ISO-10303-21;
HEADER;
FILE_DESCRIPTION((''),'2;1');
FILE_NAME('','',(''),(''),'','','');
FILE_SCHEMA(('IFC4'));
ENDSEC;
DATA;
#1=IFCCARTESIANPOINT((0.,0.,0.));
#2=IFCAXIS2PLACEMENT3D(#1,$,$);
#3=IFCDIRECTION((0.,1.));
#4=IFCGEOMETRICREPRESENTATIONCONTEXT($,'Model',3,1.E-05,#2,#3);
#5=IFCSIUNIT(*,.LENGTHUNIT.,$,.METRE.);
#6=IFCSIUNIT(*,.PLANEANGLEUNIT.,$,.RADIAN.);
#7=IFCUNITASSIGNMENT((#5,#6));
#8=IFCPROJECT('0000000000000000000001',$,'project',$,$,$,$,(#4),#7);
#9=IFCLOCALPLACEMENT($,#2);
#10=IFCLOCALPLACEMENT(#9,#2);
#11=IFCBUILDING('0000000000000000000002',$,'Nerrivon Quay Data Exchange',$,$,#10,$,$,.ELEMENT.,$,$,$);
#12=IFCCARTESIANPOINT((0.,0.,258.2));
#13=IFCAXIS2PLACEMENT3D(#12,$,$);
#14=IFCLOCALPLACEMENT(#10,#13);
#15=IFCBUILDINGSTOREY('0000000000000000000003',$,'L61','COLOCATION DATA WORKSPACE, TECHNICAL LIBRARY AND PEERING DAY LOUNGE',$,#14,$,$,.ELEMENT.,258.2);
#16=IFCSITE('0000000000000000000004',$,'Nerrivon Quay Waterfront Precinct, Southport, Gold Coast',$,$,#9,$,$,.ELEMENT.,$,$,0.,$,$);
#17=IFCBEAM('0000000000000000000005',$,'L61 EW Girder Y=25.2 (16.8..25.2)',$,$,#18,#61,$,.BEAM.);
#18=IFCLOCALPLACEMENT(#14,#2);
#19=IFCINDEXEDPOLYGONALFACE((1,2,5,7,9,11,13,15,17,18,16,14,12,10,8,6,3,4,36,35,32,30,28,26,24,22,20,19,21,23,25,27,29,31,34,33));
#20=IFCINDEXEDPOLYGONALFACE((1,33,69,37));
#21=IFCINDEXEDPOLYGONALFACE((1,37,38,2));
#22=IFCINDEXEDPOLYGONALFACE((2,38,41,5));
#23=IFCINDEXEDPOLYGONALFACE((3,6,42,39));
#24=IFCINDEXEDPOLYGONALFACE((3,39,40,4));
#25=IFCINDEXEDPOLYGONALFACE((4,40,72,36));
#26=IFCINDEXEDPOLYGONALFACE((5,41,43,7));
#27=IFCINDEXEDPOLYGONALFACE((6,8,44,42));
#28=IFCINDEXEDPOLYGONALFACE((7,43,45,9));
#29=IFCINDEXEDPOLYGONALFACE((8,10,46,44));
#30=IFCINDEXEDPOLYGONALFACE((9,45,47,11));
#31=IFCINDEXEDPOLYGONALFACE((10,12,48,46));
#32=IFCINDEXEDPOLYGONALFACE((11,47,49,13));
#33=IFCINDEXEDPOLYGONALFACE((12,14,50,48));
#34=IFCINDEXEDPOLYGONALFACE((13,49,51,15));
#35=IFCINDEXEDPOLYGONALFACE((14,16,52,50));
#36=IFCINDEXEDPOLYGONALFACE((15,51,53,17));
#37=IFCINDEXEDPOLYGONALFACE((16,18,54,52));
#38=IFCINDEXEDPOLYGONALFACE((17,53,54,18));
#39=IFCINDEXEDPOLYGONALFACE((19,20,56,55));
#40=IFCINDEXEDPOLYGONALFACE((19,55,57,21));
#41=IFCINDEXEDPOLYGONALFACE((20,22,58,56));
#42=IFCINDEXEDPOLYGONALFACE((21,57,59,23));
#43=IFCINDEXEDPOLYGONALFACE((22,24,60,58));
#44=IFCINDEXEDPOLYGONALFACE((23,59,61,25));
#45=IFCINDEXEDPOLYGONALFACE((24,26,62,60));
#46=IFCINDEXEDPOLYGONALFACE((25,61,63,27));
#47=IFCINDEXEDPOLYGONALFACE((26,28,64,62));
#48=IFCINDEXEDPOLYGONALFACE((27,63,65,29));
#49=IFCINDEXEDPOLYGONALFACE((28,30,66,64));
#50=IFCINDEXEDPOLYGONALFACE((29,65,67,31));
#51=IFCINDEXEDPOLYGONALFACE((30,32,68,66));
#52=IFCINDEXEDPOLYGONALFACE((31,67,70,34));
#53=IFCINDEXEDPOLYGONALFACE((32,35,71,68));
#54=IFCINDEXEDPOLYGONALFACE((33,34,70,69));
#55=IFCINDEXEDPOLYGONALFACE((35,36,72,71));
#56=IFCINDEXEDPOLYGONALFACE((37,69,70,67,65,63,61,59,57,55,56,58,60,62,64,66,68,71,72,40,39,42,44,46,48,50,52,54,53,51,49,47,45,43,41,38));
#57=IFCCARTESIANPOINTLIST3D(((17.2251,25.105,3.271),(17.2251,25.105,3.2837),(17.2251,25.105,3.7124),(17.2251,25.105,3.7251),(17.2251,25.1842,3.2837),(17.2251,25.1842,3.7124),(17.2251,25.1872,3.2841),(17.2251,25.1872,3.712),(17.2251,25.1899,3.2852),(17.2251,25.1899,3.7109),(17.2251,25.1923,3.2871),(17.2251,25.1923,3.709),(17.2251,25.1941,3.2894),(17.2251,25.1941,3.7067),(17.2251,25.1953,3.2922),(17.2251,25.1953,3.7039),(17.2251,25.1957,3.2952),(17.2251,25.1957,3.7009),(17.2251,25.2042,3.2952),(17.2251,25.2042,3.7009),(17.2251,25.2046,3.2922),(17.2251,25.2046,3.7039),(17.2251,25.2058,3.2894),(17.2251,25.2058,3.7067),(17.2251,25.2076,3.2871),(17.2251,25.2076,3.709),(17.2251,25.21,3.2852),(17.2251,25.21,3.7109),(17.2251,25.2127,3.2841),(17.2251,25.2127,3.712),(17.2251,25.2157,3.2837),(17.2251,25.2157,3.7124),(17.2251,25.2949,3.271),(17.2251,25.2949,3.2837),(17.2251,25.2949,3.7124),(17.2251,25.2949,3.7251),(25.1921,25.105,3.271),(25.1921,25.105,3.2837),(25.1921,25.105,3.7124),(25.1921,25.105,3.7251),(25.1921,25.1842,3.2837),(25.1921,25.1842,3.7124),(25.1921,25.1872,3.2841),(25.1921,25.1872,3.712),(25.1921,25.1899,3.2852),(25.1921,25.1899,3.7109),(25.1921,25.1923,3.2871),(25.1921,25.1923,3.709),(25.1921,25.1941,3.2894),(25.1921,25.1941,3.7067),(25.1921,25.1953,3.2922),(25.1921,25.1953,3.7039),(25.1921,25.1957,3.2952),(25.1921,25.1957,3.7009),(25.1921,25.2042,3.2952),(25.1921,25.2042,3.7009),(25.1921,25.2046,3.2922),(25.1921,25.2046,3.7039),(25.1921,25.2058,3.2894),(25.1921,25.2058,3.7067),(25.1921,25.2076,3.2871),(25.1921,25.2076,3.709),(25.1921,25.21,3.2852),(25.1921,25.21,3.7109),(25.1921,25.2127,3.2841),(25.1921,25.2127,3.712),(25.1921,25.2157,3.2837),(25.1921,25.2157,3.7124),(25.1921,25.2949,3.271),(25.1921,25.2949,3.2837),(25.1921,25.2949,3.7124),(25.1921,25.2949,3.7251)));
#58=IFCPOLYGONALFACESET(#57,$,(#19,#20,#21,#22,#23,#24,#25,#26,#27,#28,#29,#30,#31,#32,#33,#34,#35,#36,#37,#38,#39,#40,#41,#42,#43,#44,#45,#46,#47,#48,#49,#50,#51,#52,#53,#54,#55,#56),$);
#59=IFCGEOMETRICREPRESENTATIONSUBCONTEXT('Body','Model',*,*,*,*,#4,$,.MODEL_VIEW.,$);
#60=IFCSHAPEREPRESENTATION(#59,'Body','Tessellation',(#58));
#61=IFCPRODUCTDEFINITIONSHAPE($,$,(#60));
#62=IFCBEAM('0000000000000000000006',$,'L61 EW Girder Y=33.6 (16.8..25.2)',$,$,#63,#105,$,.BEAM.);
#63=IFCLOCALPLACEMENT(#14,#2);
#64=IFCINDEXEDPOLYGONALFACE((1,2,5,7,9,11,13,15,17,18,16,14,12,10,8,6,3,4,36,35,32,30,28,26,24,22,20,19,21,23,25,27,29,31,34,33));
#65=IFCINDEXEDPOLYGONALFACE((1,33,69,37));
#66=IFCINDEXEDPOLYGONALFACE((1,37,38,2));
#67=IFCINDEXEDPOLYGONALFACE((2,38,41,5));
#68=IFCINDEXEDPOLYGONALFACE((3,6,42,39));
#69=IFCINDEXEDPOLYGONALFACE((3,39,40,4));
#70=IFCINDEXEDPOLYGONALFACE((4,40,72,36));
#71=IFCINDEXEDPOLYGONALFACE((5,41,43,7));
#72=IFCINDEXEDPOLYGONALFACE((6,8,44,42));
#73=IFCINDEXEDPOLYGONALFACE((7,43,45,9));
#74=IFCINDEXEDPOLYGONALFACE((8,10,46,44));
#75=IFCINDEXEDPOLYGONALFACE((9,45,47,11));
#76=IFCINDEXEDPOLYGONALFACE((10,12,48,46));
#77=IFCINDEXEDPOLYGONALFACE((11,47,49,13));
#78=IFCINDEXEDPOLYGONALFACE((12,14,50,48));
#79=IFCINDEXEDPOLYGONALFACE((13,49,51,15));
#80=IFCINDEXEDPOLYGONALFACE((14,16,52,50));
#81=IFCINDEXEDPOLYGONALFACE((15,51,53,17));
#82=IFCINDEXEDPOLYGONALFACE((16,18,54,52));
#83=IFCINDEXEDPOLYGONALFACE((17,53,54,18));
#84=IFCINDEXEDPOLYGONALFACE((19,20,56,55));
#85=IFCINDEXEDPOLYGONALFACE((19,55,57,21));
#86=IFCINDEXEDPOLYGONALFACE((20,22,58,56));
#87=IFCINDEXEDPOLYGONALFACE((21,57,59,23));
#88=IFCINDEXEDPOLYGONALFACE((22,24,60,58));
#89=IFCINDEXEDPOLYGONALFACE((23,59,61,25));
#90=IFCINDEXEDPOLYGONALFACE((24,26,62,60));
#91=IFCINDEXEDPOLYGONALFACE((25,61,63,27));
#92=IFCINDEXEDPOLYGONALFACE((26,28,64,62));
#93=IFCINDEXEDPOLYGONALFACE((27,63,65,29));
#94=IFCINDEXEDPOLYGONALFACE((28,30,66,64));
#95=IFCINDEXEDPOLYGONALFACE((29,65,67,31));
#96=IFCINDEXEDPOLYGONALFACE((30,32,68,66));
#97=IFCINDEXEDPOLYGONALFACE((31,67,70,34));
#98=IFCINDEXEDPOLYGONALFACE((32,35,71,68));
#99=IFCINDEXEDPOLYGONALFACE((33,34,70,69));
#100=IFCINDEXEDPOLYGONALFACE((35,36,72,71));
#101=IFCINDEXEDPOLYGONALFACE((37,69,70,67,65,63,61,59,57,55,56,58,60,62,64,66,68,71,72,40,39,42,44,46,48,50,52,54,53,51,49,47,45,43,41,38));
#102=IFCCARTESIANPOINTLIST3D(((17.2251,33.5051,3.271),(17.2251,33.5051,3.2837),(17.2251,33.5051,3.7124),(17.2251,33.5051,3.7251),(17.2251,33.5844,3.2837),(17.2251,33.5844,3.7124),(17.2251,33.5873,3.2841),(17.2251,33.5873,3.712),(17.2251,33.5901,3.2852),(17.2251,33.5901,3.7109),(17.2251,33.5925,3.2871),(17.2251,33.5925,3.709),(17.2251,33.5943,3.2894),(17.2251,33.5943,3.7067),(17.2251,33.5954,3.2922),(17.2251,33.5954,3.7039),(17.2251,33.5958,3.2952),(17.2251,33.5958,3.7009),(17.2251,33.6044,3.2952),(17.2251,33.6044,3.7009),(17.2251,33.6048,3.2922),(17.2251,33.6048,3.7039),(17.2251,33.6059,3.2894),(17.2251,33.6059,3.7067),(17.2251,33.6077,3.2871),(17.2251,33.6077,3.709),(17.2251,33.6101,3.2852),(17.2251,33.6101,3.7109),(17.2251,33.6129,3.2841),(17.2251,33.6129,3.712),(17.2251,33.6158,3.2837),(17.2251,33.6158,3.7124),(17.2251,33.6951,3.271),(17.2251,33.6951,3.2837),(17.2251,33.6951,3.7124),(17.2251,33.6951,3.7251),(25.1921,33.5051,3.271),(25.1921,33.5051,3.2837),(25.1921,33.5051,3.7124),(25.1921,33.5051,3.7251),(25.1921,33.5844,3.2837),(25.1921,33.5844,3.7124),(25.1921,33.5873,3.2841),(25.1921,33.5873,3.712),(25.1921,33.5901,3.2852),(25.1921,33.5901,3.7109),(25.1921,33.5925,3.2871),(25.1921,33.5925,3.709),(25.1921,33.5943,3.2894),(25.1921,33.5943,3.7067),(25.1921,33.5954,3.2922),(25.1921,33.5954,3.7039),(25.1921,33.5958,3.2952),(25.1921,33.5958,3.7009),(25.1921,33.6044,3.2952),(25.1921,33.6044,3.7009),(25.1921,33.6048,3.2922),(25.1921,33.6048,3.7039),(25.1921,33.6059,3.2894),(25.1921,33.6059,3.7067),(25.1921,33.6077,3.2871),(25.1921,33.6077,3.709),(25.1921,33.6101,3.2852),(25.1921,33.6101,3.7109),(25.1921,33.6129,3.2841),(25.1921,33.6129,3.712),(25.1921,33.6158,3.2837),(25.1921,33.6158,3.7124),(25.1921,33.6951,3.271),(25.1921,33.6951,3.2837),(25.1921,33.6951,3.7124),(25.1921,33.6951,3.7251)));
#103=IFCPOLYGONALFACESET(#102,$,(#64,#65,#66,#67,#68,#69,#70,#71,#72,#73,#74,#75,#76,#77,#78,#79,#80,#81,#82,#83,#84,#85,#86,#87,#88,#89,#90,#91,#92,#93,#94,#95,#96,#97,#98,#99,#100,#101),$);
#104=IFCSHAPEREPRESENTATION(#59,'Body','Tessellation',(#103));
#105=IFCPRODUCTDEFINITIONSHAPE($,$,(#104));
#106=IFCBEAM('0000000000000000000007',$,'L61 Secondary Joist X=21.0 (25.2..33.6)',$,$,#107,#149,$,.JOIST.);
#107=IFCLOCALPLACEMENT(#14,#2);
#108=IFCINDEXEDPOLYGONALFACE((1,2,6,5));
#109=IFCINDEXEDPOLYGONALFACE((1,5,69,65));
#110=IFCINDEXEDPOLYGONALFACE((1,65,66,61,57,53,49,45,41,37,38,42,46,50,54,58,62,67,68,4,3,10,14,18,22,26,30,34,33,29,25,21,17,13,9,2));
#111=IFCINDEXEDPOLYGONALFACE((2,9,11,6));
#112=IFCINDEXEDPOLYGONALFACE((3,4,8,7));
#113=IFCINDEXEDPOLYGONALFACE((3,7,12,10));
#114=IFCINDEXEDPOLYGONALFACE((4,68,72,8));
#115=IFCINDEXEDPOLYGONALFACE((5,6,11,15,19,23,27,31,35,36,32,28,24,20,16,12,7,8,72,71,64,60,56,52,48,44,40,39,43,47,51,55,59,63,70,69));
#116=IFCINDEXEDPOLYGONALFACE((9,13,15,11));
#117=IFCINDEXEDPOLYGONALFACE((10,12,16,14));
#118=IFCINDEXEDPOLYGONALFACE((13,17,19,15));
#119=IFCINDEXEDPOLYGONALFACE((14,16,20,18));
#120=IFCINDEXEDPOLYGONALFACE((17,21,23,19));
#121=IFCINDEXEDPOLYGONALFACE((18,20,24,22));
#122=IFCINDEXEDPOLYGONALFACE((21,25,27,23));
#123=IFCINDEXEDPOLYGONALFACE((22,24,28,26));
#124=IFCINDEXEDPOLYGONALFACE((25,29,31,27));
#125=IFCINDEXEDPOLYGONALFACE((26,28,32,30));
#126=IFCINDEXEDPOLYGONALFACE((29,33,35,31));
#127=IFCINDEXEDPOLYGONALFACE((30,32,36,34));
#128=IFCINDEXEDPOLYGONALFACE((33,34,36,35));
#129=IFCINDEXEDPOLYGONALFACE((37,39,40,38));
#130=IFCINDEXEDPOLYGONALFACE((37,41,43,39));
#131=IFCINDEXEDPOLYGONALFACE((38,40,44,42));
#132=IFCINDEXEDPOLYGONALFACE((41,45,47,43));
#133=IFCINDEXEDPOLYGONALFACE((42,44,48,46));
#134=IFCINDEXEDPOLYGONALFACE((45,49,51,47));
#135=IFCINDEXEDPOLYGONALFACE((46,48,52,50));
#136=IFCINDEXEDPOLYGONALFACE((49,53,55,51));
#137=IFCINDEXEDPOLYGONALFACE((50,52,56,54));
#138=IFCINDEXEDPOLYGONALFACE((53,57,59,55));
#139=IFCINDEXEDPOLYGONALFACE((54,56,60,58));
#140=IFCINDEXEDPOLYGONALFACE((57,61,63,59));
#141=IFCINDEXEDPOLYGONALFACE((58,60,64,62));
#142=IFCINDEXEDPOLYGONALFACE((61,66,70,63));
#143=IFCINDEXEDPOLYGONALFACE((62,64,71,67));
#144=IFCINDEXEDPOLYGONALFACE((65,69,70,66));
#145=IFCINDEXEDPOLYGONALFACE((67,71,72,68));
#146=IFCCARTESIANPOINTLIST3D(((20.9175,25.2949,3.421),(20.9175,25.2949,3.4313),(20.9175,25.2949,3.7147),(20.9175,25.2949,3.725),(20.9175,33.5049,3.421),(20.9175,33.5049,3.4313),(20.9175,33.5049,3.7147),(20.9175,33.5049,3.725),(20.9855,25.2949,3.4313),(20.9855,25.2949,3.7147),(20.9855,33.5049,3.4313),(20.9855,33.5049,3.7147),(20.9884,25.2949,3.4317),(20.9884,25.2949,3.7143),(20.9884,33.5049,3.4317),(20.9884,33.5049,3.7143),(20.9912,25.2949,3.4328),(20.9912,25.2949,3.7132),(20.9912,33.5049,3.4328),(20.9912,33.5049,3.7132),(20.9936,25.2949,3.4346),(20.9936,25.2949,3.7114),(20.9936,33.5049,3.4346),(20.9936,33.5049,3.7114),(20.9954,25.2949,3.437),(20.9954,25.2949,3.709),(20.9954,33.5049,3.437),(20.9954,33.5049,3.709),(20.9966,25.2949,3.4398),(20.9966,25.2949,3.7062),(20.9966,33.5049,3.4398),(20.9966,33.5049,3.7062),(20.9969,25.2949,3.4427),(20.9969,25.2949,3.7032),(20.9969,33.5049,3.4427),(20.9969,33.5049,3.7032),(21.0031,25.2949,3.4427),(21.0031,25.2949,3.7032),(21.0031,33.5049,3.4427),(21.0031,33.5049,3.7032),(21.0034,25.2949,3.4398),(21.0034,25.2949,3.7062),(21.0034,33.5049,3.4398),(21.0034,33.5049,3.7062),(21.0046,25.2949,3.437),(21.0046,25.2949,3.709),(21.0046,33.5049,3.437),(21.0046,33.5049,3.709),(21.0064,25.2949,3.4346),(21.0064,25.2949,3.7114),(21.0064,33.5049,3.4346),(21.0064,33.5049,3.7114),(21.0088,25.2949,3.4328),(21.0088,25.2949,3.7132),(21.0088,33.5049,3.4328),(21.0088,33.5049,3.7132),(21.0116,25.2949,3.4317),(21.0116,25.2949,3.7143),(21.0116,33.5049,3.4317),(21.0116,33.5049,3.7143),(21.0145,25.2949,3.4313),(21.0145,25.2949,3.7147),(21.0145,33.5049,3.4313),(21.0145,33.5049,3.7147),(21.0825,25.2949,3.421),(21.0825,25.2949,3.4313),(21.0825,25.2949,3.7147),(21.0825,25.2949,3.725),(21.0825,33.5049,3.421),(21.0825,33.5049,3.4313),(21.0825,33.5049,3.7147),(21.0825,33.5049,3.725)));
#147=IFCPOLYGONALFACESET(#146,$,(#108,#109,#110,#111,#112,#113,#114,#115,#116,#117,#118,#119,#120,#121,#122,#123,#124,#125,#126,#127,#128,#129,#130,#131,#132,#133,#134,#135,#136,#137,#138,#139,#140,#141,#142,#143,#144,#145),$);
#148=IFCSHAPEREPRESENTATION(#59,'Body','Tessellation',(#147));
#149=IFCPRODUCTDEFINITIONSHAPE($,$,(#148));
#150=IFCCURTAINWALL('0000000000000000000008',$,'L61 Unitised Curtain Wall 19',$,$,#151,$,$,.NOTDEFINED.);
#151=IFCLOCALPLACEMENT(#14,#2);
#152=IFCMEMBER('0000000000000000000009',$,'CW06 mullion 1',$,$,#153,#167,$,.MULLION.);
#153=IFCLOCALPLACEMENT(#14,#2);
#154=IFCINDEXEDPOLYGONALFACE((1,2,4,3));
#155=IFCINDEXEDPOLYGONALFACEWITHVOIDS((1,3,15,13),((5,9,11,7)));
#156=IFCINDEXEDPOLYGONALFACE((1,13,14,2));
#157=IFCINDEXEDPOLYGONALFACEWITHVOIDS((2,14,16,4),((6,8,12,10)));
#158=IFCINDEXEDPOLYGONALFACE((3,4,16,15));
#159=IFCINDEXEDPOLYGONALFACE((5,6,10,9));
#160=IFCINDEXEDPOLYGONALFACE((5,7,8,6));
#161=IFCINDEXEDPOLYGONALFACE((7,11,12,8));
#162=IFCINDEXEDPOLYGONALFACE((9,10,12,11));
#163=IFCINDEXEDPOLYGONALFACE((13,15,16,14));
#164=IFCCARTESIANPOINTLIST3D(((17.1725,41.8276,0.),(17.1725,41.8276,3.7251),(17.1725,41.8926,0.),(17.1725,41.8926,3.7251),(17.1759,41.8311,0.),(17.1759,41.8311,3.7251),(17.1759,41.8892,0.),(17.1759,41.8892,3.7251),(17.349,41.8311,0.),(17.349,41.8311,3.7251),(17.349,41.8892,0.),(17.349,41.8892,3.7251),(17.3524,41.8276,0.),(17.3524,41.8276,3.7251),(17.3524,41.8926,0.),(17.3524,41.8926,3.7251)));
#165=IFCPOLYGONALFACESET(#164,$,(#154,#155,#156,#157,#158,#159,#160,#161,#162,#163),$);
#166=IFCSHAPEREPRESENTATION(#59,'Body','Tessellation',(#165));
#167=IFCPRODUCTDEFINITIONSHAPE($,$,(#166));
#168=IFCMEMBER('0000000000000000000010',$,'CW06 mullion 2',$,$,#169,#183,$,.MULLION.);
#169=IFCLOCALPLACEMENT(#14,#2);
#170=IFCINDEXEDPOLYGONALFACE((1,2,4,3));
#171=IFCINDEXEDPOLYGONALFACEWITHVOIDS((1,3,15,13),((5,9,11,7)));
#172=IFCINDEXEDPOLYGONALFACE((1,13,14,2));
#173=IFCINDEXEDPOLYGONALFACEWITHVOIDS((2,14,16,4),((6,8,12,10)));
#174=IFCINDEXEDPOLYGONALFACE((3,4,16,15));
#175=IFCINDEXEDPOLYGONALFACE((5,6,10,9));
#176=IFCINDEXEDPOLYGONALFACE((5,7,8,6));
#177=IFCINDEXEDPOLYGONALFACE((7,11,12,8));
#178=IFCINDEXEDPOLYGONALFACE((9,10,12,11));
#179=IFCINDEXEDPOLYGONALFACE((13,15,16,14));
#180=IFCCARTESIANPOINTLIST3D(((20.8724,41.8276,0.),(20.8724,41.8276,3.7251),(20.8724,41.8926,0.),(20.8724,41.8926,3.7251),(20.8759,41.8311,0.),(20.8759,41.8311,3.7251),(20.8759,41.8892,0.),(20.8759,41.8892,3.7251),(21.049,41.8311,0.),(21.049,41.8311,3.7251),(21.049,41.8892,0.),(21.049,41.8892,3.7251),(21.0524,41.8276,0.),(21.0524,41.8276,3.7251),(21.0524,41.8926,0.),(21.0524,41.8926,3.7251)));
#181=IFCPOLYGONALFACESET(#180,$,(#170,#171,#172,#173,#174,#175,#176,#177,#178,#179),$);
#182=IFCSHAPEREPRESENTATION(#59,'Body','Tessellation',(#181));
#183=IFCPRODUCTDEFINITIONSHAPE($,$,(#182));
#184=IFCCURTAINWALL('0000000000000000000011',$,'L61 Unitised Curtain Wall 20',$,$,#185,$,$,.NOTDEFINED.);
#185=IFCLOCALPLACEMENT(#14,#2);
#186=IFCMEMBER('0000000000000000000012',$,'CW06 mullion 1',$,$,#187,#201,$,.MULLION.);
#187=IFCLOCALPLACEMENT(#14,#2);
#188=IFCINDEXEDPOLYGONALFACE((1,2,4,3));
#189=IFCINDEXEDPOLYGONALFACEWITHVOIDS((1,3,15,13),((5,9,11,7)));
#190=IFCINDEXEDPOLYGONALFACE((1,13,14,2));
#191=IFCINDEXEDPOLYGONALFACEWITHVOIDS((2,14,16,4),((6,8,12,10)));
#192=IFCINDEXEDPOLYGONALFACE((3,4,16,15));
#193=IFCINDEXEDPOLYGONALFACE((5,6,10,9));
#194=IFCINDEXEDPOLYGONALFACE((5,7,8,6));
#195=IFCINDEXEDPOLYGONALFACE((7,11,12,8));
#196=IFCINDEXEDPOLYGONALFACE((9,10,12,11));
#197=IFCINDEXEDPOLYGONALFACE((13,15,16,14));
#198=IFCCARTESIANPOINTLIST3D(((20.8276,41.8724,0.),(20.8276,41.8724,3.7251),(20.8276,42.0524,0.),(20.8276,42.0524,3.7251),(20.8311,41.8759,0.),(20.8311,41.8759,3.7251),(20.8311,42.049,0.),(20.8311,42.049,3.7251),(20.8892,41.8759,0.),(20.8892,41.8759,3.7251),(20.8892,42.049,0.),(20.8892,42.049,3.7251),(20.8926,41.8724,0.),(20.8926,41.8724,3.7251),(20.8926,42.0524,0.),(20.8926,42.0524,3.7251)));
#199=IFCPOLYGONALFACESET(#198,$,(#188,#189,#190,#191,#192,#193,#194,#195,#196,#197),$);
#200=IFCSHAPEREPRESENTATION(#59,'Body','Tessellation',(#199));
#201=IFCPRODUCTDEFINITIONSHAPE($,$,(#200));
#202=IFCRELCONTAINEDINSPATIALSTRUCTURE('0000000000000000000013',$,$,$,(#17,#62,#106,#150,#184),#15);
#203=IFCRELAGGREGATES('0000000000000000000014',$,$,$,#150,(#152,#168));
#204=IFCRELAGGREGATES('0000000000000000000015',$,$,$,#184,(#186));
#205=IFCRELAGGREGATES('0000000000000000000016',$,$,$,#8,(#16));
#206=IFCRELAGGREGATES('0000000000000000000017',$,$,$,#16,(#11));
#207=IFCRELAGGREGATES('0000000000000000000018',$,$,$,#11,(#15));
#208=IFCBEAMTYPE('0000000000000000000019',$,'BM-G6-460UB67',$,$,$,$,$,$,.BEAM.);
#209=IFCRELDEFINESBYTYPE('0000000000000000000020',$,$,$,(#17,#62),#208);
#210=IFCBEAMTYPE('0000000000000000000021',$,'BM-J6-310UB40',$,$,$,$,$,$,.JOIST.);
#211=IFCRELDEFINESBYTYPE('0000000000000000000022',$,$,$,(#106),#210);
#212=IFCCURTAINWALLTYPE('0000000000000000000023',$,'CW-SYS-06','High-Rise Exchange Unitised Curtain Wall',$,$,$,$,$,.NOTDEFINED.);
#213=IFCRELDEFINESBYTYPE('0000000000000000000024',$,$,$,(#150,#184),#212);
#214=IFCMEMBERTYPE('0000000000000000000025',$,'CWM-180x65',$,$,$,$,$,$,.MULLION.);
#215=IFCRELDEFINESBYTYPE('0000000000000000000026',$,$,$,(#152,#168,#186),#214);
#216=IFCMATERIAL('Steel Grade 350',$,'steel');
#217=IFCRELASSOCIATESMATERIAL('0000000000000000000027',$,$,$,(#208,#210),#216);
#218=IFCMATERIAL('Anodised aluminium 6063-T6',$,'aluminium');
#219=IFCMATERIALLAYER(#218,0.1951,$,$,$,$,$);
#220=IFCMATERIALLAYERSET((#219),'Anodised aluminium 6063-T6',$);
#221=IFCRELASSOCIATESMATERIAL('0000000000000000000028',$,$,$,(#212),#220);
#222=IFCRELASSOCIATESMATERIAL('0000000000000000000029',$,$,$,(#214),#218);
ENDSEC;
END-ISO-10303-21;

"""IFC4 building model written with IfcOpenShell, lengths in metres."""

from ifc_helpers import new_model, si_unit, direction, frame, origin, origin_2d, place, context, subcontext, project, spatial, hollow_rectangle, i_section, extrude, material, layer, layer_set, material_profile, profile_set, type_object, element, aggregate, save


model = new_model("IFC4")

# Units and contexts
model_context = context("Model", 3, precision=1e-05, world=origin(), true_north=direction((0.0, 1.0)))
body_context = subcontext(model_context, "Body", "Model", "MODEL_VIEW")
ifc_project = project(units=[si_unit("LENGTHUNIT", "METRE"), si_unit("PLANEANGLEUNIT", "RADIAN")], contexts=[model_context])

# Site, building, storey
site_placement = place(None, origin())
site = spatial("IfcSite", under=ifc_project, at=site_placement, Name="Nerrivon Quay Waterfront Precinct, Southport, Gold Coast", CompositionType="ELEMENT", RefElevation=0.0)
building_placement = place(site_placement, origin())
building = spatial("IfcBuilding", under=site, at=building_placement, Name="Nerrivon Quay Data Exchange", CompositionType="ELEMENT")
storey_placement = place(building_placement, frame((0.0, 0.0, 258.2)))
storey = spatial("IfcBuildingStorey", under=building, at=storey_placement, Name="L61", Description="COLOCATION DATA WORKSPACE, TECHNICAL LIBRARY AND PEERING DAY LOUNGE", CompositionType="ELEMENT", Elevation=258.2)

# Beams
ifc_material_1 = material(Name="Steel Grade 350", Category="steel")
ifc_material_profile_1 = material_profile(ifc_material_1, i_section(OverallWidth=0.1899, OverallDepth=0.4541, WebThickness=0.0085, FlangeThickness=0.0127, FilletRadius=0.0115, at=origin_2d()), Name="460UB67.1")
ifc_profile_set_1 = profile_set([ifc_material_profile_1], Name="Steel Grade 350")
beam_type_1 = type_object("IfcBeamType", Name="BM-G6-460UB67", PredefinedType="BEAM", material=ifc_profile_set_1)
for number, where, z_axis, x_axis, name in (
    (1, (17.2251, 25.2, 3.498), (1.0, 0.0, 0.0), (0.0, 1.0, 0.0), "L61 EW Girder Y=25.2 (16.8..25.2)"),
    (2, (17.2251, 33.6001, 3.498), (1.0, 0.0, 0.0), (0.0, 1.0, 0.0), "L61 EW Girder Y=33.6 (16.8..25.2)"),
):
    element("IfcBeam", number, at=place(storey_placement, frame(where, z_axis=z_axis, x_axis=x_axis)), inside=storey, type_object=beam_type_1, Name=name, PredefinedType="BEAM", context=body_context, shape_type="SweptSolid", body=[
        extrude(i_section(OverallWidth=0.1899, OverallDepth=0.4541, WebThickness=0.0085, FlangeThickness=0.0127, FilletRadius=0.0115, at=origin_2d()), origin(), (0.0, 0.0, 1.0), 7.967),
    ])
ifc_material_profile_2 = material_profile(ifc_material_1, i_section(OverallWidth=0.165, OverallDepth=0.304, WebThickness=0.0061, FlangeThickness=0.0103, FilletRadius=0.0115, at=origin_2d()), Name="310UB40.4")
ifc_profile_set_2 = profile_set([ifc_material_profile_2], Name="Steel Grade 350")
beam_type_2 = type_object("IfcBeamType", Name="BM-J6-310UB40", PredefinedType="JOIST", material=ifc_profile_set_2)
beam_placement = place(storey_placement, frame((21.0, 25.2949, 3.573), z_axis=(0.0, 1.0, 0.0), x_axis=(-1.0, 0.0, 0.0)))
element("IfcBeam", 3, at=beam_placement, inside=storey, type_object=beam_type_2, Name="L61 Secondary Joist X=21.0 (25.2..33.6)", PredefinedType="JOIST", context=body_context, shape_type="SweptSolid", body=[
    extrude(i_section(OverallWidth=0.165, OverallDepth=0.304, WebThickness=0.0061, FlangeThickness=0.0103, FilletRadius=0.0115, at=origin_2d()), origin(), (0.0, 0.0, 1.0), 8.21),
])

# Curtain walls, members
ifc_material_2 = material(Name="Anodised aluminium 6063-T6", Category="aluminium")
ifc_layer_1 = layer(ifc_material_2, 0.1951)
ifc_layer_set_1 = layer_set([ifc_layer_1], Name="Anodised aluminium 6063-T6")
curtain_wall_type = type_object("IfcCurtainWallType", Name="CW-SYS-06", Description="High-Rise Exchange Unitised Curtain Wall", PredefinedType="NOTDEFINED", material=ifc_layer_set_1)
curtain_wall_1_placement = place(storey_placement, origin())
curtain_wall_1 = element("IfcCurtainWall", 4, at=curtain_wall_1_placement, inside=storey, type_object=curtain_wall_type, Name="L61 Unitised Curtain Wall 19", PredefinedType="NOTDEFINED")
ifc_material_profile_3 = material_profile(ifc_material_2, hollow_rectangle(XDim=0.0649, YDim=0.1799, WallThickness=0.0034, at=origin_2d()), Name="ALU-MULL-180x65")
ifc_profile_set_3 = profile_set([ifc_material_profile_3], Name="Anodised aluminium 6063-T6")
member_type_1 = type_object("IfcMemberType", Name="CWM-180x65", PredefinedType="MULLION", material=ifc_profile_set_3)
member_1_placement = place(storey_placement, frame((17.2625, 41.8601, 0.0), z_axis=(0.0, 0.0, 1.0), x_axis=(0.0, 1.0, 0.0)))
member_1 = element("IfcMember", 5, at=member_1_placement, type_object=member_type_1, Name="CW06 mullion 1", PredefinedType="MULLION", context=body_context, shape_type="SweptSolid", body=[
    extrude(hollow_rectangle(XDim=0.0649, YDim=0.1799, WallThickness=0.0034, at=origin_2d()), origin(), (0.0, 0.0, 1.0), 3.7251),
])
member_2_placement = place(storey_placement, frame((20.9624, 41.8601, 0.0), z_axis=(0.0, 0.0, 1.0), x_axis=(0.0, 1.0, 0.0)))
member_2 = element("IfcMember", 6, at=member_2_placement, type_object=member_type_1, Name="CW06 mullion 2", PredefinedType="MULLION", context=body_context, shape_type="SweptSolid", body=[
    extrude(hollow_rectangle(XDim=0.0649, YDim=0.1799, WallThickness=0.0034, at=origin_2d()), origin(), (0.0, 0.0, 1.0), 3.7251),
])
curtain_wall_2_placement = place(storey_placement, origin())
curtain_wall_2 = element("IfcCurtainWall", 7, at=curtain_wall_2_placement, inside=storey, type_object=curtain_wall_type, Name="L61 Unitised Curtain Wall 20", PredefinedType="NOTDEFINED")
member_3_placement = place(storey_placement, frame((20.8601, 41.9624, 0.0), z_axis=(0.0, 0.0, 1.0), x_axis=(1.0, 0.0, 0.0)))
member_3 = element("IfcMember", 8, at=member_3_placement, type_object=member_type_1, Name="CW06 mullion 1", PredefinedType="MULLION", context=body_context, shape_type="SweptSolid", body=[
    extrude(hollow_rectangle(XDim=0.0649, YDim=0.1799, WallThickness=0.0034, at=origin_2d()), origin(), (0.0, 0.0, 1.0), 3.7251),
])

aggregate(curtain_wall_1, [member_1, member_2])
aggregate(curtain_wall_2, [member_3])

save(model, "model.ifc")
